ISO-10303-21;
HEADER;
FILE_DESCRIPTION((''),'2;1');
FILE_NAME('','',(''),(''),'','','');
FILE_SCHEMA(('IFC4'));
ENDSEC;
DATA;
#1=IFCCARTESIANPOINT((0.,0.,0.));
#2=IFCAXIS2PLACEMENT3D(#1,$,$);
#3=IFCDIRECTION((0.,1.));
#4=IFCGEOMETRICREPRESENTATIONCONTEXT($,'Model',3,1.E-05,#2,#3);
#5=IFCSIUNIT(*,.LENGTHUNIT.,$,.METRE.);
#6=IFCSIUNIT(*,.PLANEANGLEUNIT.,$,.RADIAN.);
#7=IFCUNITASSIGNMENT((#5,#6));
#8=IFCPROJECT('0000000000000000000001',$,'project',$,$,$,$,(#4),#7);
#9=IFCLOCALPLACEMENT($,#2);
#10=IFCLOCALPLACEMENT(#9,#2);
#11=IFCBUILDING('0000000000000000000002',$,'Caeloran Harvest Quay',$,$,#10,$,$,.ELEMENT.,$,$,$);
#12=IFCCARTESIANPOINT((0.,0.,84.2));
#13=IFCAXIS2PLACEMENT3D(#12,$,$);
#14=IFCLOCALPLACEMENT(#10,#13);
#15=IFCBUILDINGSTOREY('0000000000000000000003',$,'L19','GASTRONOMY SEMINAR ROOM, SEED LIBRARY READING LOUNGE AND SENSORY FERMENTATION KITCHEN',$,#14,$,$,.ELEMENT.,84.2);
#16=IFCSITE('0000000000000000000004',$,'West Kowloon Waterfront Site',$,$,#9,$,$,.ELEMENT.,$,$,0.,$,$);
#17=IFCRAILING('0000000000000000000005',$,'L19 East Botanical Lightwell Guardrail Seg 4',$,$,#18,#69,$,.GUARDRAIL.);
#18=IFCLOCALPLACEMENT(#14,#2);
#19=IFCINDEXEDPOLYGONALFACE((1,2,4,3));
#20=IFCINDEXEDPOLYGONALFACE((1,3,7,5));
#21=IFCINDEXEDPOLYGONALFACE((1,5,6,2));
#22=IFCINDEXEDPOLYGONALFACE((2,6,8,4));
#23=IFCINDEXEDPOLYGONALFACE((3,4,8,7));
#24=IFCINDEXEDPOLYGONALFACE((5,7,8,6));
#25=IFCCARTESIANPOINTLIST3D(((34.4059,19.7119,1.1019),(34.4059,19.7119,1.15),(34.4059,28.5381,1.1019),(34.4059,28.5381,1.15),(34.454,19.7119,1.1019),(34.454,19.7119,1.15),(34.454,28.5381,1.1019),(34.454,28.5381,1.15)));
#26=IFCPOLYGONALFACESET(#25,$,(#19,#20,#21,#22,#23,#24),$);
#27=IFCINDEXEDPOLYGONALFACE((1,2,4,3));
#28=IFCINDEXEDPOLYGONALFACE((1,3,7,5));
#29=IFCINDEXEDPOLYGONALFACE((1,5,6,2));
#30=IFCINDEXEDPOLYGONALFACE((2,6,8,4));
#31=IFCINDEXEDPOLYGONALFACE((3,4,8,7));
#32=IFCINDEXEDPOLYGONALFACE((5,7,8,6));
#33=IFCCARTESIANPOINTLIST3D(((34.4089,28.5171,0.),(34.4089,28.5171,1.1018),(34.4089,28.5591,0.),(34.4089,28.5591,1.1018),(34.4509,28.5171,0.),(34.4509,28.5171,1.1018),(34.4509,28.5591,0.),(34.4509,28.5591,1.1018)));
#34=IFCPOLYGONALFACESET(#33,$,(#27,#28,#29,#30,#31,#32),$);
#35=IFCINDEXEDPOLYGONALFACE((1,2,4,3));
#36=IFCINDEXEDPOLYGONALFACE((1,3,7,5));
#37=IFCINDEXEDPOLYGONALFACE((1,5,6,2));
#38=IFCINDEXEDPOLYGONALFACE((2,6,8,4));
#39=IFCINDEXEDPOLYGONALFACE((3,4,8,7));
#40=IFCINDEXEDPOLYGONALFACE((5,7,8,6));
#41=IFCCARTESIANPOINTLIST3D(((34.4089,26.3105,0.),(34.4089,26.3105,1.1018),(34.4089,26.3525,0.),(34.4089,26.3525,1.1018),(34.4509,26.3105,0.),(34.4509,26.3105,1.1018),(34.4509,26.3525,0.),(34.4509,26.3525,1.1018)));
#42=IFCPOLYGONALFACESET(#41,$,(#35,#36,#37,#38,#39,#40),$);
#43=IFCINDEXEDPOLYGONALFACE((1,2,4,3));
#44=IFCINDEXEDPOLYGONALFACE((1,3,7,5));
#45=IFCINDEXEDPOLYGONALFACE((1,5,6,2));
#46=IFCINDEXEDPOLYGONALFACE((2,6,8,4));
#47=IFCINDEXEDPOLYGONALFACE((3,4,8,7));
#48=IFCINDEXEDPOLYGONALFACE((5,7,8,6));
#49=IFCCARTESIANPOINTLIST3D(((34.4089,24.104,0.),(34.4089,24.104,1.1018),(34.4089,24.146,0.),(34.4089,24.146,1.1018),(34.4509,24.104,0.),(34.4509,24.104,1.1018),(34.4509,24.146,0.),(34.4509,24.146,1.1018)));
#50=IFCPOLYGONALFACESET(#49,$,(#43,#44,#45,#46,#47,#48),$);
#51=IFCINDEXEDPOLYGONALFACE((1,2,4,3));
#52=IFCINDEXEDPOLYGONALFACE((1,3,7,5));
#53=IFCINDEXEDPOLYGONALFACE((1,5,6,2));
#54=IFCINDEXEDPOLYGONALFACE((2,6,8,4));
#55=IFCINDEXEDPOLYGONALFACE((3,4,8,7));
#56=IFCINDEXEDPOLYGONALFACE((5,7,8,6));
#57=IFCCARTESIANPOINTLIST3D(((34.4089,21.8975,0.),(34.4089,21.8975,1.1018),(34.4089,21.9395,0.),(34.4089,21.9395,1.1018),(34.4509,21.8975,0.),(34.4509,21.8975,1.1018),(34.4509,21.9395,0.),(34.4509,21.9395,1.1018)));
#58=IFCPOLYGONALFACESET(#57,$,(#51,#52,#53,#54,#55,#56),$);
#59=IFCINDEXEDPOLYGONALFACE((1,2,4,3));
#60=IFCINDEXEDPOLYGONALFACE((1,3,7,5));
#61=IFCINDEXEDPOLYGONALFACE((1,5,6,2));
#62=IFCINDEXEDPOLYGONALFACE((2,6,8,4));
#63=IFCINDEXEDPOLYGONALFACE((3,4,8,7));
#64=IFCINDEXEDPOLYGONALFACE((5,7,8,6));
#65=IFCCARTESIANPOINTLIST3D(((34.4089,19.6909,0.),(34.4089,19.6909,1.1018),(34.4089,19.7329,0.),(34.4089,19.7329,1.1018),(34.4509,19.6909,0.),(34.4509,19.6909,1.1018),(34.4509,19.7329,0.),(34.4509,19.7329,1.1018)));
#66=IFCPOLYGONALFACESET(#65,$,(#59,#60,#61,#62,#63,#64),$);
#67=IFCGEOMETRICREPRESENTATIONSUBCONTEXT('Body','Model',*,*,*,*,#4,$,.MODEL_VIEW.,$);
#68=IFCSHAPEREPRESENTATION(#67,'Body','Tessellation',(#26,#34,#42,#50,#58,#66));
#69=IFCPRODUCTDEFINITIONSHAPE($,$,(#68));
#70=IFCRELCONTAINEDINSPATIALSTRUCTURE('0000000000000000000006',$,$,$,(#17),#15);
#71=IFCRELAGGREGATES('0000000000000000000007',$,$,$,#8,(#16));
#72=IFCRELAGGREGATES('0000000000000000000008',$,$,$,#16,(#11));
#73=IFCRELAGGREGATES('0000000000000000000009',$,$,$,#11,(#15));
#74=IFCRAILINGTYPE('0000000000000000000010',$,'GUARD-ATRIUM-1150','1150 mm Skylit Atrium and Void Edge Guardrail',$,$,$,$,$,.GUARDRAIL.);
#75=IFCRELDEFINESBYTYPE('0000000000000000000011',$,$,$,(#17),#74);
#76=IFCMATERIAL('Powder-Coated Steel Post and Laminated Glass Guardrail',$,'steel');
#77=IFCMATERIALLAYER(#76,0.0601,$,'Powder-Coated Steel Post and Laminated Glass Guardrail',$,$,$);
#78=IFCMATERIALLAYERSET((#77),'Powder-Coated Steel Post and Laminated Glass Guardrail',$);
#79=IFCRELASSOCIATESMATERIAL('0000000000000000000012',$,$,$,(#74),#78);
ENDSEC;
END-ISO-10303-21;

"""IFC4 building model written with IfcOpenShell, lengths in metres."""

from ifc_helpers import new_model, si_unit, direction, frame, origin, origin_2d, place, context, subcontext, project, spatial, rectangle, extrude, material, layer, layer_set, type_object, element, save


model = new_model("IFC4")

# Units and contexts
model_context = context("Model", 3, precision=1e-05, world=origin(), true_north=direction((0.0, 1.0)))
body_context = subcontext(model_context, "Body", "Model", "MODEL_VIEW")
ifc_project = project(units=[si_unit("LENGTHUNIT", "METRE"), si_unit("PLANEANGLEUNIT", "RADIAN")], contexts=[model_context])

# Site, building, storey
site_placement = place(None, origin())
site = spatial("IfcSite", under=ifc_project, at=site_placement, Name="West Kowloon Waterfront Site", CompositionType="ELEMENT", RefElevation=0.0)
building_placement = place(site_placement, origin())
building = spatial("IfcBuilding", under=site, at=building_placement, Name="Caeloran Harvest Quay", CompositionType="ELEMENT")
storey_placement = place(building_placement, frame((0.0, 0.0, 84.2)))
storey = spatial("IfcBuildingStorey", under=building, at=storey_placement, Name="L19", Description="GASTRONOMY SEMINAR ROOM, SEED LIBRARY READING LOUNGE AND SENSORY FERMENTATION KITCHEN", CompositionType="ELEMENT", Elevation=84.2)

# Railing
ifc_material_1 = material(Name="Powder-Coated Steel Post and Laminated Glass Guardrail", Category="steel")
ifc_layer_1 = layer(ifc_material_1, 0.0601, Name="Powder-Coated Steel Post and Laminated Glass Guardrail")
ifc_layer_set_1 = layer_set([ifc_layer_1], Name="Powder-Coated Steel Post and Laminated Glass Guardrail")
railing_type = type_object("IfcRailingType", Name="GUARD-ATRIUM-1150", Description="1150 mm Skylit Atrium and Void Edge Guardrail", PredefinedType="GUARDRAIL", material=ifc_layer_set_1)
railing_1_placement = place(storey_placement, frame((34.4299, 28.5381, 0.0)))
element("IfcRailing", 1, at=railing_1_placement, inside=storey, type_object=railing_type, Name="L19 East Botanical Lightwell Guardrail Seg 4", PredefinedType="GUARDRAIL", context=body_context, shape_type="SweptSolid", body=[
    extrude(rectangle(XDim=0.0481, YDim=0.0481, at=origin_2d()), frame((0.0, 0.0, 1.126), z_axis=(0.0, -1.0, 0.0), x_axis=(1.0, 0.0, 0.0)), (0.0, 0.0, 1.0), 8.8262),
    extrude(rectangle(XDim=0.042, YDim=0.042, at=origin_2d()), origin(), (0.0, 0.0, 1.0), 1.1018),
    extrude(rectangle(XDim=0.042, YDim=0.042, at=origin_2d()), frame((0.0, -2.2065, 0.0)), (0.0, 0.0, 1.0), 1.1018),
    extrude(rectangle(XDim=0.042, YDim=0.042, at=origin_2d()), frame((0.0, -4.4131, 0.0)), (0.0, 0.0, 1.0), 1.1018),
    extrude(rectangle(XDim=0.042, YDim=0.042, at=origin_2d()), frame((0.0, -6.6196, 0.0)), (0.0, 0.0, 1.0), 1.1018),
    extrude(rectangle(XDim=0.042, YDim=0.042, at=origin_2d()), frame((0.0, -8.8262, 0.0)), (0.0, 0.0, 1.0), 1.1018),
])

save(model, "model.ifc")
